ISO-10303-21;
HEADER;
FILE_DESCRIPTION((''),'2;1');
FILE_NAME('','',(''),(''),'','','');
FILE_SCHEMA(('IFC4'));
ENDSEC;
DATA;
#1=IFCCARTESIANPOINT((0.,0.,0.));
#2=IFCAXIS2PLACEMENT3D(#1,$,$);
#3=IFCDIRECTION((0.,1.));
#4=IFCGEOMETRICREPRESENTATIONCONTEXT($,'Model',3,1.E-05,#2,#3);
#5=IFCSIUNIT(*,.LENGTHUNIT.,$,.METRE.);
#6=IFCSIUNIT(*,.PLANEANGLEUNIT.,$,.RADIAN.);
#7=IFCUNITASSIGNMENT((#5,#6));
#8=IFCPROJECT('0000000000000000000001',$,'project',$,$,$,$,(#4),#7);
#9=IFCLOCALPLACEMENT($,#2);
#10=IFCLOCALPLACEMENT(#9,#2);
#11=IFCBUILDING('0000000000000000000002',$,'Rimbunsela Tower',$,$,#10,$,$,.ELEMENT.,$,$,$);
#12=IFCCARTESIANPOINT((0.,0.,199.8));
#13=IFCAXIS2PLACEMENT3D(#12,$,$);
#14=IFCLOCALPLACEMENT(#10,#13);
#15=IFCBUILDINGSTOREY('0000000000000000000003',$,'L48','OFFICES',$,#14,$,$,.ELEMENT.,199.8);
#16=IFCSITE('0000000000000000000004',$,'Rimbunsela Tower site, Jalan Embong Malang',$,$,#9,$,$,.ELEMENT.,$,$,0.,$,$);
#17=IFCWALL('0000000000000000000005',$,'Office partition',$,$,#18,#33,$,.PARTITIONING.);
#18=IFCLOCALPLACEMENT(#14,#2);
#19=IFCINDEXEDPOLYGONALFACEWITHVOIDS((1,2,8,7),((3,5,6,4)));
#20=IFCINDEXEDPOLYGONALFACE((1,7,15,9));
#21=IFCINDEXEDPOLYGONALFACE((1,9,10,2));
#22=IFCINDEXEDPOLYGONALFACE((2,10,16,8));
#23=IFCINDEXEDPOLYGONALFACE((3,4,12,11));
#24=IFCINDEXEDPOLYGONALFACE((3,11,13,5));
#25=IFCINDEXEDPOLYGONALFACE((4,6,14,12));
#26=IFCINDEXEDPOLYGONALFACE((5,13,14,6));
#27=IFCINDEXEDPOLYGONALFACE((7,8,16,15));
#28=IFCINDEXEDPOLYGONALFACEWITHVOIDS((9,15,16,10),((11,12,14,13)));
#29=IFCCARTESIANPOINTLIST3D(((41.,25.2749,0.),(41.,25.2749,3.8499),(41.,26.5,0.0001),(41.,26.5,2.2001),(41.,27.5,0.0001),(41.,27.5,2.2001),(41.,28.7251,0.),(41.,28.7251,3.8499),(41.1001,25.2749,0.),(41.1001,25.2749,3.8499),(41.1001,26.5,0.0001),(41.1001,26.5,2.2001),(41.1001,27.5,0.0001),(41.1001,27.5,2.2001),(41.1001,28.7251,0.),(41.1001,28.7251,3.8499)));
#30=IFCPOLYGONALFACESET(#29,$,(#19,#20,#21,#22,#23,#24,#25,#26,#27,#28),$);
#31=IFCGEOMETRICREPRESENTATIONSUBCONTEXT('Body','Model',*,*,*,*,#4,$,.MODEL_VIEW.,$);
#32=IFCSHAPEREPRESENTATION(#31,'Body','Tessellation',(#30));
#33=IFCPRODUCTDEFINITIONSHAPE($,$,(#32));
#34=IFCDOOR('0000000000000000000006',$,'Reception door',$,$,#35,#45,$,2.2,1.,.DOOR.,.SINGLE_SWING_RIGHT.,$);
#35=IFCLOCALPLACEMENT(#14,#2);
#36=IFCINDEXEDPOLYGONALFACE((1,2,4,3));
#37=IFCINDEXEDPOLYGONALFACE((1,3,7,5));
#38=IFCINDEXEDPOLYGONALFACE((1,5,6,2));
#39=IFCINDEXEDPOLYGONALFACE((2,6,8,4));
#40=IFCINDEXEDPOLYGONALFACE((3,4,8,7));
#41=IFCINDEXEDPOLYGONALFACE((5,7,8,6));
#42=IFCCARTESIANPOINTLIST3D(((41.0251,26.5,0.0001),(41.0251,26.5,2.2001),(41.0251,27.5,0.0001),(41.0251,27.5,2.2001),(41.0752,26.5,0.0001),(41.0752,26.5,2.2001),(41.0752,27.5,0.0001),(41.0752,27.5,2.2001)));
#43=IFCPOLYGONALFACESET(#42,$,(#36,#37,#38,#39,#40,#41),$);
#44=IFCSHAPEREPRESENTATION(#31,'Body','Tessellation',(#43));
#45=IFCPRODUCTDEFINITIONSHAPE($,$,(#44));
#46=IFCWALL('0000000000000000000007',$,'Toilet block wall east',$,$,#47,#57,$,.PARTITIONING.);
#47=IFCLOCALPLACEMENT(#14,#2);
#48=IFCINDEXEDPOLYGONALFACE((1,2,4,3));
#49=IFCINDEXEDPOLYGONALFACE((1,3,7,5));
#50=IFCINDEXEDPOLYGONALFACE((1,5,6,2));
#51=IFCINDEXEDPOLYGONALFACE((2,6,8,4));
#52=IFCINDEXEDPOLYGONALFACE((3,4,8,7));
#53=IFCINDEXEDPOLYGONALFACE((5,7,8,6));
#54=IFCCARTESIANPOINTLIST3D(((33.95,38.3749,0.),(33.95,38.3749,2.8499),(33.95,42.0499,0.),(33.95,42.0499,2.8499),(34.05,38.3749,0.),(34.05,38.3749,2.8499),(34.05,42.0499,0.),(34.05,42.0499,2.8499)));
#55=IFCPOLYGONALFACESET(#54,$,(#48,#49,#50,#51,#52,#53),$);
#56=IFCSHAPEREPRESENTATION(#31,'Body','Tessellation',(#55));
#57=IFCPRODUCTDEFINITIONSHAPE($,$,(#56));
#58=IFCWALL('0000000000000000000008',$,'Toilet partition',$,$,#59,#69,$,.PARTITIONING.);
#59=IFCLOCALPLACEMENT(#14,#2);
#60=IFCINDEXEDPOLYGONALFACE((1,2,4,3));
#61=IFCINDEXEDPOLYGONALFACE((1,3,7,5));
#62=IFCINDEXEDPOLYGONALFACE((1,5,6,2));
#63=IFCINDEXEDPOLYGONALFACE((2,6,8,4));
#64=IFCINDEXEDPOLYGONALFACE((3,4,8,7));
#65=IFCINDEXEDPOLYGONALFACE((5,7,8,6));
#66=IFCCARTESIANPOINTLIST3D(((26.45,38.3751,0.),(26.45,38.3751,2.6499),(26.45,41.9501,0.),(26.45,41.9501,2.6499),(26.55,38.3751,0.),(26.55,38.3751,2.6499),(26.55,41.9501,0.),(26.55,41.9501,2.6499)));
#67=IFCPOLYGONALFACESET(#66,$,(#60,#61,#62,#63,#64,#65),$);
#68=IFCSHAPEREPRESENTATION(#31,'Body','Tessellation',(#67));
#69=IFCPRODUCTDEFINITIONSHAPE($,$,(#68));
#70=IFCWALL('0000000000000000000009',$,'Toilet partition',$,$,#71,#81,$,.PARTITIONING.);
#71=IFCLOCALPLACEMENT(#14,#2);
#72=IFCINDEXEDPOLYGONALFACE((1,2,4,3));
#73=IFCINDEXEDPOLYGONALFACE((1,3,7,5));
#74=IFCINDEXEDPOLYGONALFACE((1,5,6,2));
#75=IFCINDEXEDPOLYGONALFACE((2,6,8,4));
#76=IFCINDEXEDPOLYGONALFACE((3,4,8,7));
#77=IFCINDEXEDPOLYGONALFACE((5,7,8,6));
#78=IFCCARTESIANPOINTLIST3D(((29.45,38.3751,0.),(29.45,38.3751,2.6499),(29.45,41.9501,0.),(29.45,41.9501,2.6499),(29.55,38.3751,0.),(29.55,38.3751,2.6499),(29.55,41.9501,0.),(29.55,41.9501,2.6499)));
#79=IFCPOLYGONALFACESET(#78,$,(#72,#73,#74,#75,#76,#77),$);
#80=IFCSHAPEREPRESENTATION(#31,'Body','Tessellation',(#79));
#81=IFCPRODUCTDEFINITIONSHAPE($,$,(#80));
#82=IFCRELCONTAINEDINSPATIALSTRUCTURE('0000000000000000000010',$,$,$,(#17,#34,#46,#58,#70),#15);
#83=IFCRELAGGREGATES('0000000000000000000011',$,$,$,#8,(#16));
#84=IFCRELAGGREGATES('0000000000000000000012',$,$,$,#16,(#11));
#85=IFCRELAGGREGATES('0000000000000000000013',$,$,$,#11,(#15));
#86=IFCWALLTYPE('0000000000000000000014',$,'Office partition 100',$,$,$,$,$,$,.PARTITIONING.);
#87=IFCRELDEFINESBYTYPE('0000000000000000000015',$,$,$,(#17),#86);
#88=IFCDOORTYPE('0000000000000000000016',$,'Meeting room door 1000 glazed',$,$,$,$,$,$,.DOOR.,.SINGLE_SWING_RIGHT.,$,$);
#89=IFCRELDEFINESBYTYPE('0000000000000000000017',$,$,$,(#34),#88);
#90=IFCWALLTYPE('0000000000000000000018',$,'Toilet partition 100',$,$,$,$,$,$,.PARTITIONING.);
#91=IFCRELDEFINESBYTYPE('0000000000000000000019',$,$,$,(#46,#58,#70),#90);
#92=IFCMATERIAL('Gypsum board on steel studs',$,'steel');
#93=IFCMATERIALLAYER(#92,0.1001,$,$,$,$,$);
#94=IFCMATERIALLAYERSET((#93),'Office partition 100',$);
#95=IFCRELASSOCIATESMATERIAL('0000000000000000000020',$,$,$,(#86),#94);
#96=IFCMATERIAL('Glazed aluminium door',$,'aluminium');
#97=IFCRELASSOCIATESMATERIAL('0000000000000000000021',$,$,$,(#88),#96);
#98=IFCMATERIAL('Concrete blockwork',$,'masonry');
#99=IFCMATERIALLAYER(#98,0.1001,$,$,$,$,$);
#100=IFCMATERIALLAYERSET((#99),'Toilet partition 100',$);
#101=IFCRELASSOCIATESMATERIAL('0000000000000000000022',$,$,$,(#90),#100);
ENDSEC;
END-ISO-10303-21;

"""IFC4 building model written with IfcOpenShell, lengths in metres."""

from ifc_helpers import new_model, si_unit, direction, frame, frame_2d, origin, place, context, subcontext, project, spatial, rectangle, extrude, material, layer, layer_set, type_object, element, fill, save


model = new_model("IFC4")

# Units and contexts
model_context = context("Model", 3, precision=1e-05, world=origin(), true_north=direction((0.0, 1.0)))
body_context = subcontext(model_context, "Body", "Model", "MODEL_VIEW")
ifc_project = project(units=[si_unit("LENGTHUNIT", "METRE"), si_unit("PLANEANGLEUNIT", "RADIAN")], contexts=[model_context])

# Site, building, storey
site_placement = place(None, origin())
site = spatial("IfcSite", under=ifc_project, at=site_placement, Name="Rimbunsela Tower site, Jalan Embong Malang", CompositionType="ELEMENT", RefElevation=0.0)
building_placement = place(site_placement, origin())
building = spatial("IfcBuilding", under=site, at=building_placement, Name="Rimbunsela Tower", CompositionType="ELEMENT")
storey_placement = place(building_placement, frame((0.0, 0.0, 199.8)))
storey = spatial("IfcBuildingStorey", under=building, at=storey_placement, Name="L48", Description="OFFICES", CompositionType="ELEMENT", Elevation=199.8)

# Shared definitions
ifc_material_1 = material(Name="Gypsum board on steel studs", Category="steel")
ifc_layer_1 = layer(ifc_material_1, 0.1001)
ifc_layer_set_1 = layer_set([ifc_layer_1], Name="Office partition 100")
wall_type_1 = type_object("IfcWallType", Name="Office partition 100", PredefinedType="PARTITIONING", material=ifc_layer_set_1)

# Wall, opening, door
wall_1_placement = place(storey_placement, frame((41.05, 25.2749, 0.0), z_axis=(0.0, 0.0, 1.0), x_axis=(0.0, 1.0, 0.0)))
wall_1 = element("IfcWall", 1, at=wall_1_placement, inside=storey, type_object=wall_type_1, Name="Office partition", PredefinedType="PARTITIONING", context=body_context, shape_type="SweptSolid", body=[
    extrude(rectangle(XDim=3.4502, YDim=0.1001, at=frame_2d((1.7251, 0.0))), origin(), (0.0, 0.0, 1.0), 3.8499),
])
opening_placement = place(wall_1_placement, frame((1.2251, 0.0, 0.0)))
opening = element("IfcOpeningElement", 2, at=opening_placement, cuts=wall_1, PredefinedType="OPENING", context=body_context, shape_type="SweptSolid", body=[
    extrude(rectangle(XDim=1.0, YDim=2.2, at=frame_2d((0.5, 1.1001))), frame((0.0, 0.0601, 0.0), z_axis=(0.0, -1.0, 0.0), x_axis=(1.0, 0.0, 0.0)), (0.0, 0.0, 1.0), 0.1201),
])
ifc_material_2 = material(Name="Glazed aluminium door", Category="aluminium")
door_type = type_object("IfcDoorType", Name="Meeting room door 1000 glazed", OperationType="SINGLE_SWING_RIGHT", PredefinedType="DOOR", material=ifc_material_2)
door_placement = place(opening_placement, origin())
door = element("IfcDoor", 3, at=door_placement, inside=storey, type_object=door_type, Name="Reception door", OperationType="SINGLE_SWING_RIGHT", OverallHeight=2.2, OverallWidth=1.0, PredefinedType="DOOR", context=body_context, shape_type="SweptSolid", body=[
    extrude(rectangle(XDim=1.0, YDim=2.2, at=frame_2d((0.5, 1.1001))), frame((0.0, 0.0249, 0.0), z_axis=(0.0, -1.0, 0.0), x_axis=(1.0, 0.0, 0.0)), (0.0, 0.0, 1.0), 0.05),
])
fill(opening, door)

# Walls
ifc_material_3 = material(Name="Concrete blockwork", Category="masonry")
ifc_layer_2 = layer(ifc_material_3, 0.1001)
ifc_layer_set_2 = layer_set([ifc_layer_2], Name="Toilet partition 100")
wall_type_2 = type_object("IfcWallType", Name="Toilet partition 100", PredefinedType="PARTITIONING", material=ifc_layer_set_2)
wall_2_placement = place(storey_placement, frame((34.0, 38.375, 0.0), z_axis=(0.0, 0.0, 1.0), x_axis=(0.0, 1.0, 0.0)))
element("IfcWall", 4, at=wall_2_placement, inside=storey, type_object=wall_type_2, Name="Toilet block wall east", PredefinedType="PARTITIONING", context=body_context, shape_type="SweptSolid", body=[
    extrude(rectangle(XDim=3.675, YDim=0.1001, at=frame_2d((1.8374, 0.0))), origin(), (0.0, 0.0, 1.0), 2.8499),
])
for number, where, z_axis, x_axis, name in (
    (5, (26.5, 38.375, 0.0), (0.0, 0.0, 1.0), (0.0, 1.0, 0.0), "Toilet partition"),
    (6, (29.5, 38.375, 0.0), (0.0, 0.0, 1.0), (0.0, 1.0, 0.0), "Toilet partition"),
):
    element("IfcWall", number, at=place(storey_placement, frame(where, z_axis=z_axis, x_axis=x_axis)), inside=storey, type_object=wall_type_2, Name=name, PredefinedType="PARTITIONING", context=body_context, shape_type="SweptSolid", body=[
        extrude(rectangle(XDim=3.575, YDim=0.1001, at=frame_2d((1.7876, 0.0))), origin(), (0.0, 0.0, 1.0), 2.6499),
    ])

save(model, "model.ifc")
